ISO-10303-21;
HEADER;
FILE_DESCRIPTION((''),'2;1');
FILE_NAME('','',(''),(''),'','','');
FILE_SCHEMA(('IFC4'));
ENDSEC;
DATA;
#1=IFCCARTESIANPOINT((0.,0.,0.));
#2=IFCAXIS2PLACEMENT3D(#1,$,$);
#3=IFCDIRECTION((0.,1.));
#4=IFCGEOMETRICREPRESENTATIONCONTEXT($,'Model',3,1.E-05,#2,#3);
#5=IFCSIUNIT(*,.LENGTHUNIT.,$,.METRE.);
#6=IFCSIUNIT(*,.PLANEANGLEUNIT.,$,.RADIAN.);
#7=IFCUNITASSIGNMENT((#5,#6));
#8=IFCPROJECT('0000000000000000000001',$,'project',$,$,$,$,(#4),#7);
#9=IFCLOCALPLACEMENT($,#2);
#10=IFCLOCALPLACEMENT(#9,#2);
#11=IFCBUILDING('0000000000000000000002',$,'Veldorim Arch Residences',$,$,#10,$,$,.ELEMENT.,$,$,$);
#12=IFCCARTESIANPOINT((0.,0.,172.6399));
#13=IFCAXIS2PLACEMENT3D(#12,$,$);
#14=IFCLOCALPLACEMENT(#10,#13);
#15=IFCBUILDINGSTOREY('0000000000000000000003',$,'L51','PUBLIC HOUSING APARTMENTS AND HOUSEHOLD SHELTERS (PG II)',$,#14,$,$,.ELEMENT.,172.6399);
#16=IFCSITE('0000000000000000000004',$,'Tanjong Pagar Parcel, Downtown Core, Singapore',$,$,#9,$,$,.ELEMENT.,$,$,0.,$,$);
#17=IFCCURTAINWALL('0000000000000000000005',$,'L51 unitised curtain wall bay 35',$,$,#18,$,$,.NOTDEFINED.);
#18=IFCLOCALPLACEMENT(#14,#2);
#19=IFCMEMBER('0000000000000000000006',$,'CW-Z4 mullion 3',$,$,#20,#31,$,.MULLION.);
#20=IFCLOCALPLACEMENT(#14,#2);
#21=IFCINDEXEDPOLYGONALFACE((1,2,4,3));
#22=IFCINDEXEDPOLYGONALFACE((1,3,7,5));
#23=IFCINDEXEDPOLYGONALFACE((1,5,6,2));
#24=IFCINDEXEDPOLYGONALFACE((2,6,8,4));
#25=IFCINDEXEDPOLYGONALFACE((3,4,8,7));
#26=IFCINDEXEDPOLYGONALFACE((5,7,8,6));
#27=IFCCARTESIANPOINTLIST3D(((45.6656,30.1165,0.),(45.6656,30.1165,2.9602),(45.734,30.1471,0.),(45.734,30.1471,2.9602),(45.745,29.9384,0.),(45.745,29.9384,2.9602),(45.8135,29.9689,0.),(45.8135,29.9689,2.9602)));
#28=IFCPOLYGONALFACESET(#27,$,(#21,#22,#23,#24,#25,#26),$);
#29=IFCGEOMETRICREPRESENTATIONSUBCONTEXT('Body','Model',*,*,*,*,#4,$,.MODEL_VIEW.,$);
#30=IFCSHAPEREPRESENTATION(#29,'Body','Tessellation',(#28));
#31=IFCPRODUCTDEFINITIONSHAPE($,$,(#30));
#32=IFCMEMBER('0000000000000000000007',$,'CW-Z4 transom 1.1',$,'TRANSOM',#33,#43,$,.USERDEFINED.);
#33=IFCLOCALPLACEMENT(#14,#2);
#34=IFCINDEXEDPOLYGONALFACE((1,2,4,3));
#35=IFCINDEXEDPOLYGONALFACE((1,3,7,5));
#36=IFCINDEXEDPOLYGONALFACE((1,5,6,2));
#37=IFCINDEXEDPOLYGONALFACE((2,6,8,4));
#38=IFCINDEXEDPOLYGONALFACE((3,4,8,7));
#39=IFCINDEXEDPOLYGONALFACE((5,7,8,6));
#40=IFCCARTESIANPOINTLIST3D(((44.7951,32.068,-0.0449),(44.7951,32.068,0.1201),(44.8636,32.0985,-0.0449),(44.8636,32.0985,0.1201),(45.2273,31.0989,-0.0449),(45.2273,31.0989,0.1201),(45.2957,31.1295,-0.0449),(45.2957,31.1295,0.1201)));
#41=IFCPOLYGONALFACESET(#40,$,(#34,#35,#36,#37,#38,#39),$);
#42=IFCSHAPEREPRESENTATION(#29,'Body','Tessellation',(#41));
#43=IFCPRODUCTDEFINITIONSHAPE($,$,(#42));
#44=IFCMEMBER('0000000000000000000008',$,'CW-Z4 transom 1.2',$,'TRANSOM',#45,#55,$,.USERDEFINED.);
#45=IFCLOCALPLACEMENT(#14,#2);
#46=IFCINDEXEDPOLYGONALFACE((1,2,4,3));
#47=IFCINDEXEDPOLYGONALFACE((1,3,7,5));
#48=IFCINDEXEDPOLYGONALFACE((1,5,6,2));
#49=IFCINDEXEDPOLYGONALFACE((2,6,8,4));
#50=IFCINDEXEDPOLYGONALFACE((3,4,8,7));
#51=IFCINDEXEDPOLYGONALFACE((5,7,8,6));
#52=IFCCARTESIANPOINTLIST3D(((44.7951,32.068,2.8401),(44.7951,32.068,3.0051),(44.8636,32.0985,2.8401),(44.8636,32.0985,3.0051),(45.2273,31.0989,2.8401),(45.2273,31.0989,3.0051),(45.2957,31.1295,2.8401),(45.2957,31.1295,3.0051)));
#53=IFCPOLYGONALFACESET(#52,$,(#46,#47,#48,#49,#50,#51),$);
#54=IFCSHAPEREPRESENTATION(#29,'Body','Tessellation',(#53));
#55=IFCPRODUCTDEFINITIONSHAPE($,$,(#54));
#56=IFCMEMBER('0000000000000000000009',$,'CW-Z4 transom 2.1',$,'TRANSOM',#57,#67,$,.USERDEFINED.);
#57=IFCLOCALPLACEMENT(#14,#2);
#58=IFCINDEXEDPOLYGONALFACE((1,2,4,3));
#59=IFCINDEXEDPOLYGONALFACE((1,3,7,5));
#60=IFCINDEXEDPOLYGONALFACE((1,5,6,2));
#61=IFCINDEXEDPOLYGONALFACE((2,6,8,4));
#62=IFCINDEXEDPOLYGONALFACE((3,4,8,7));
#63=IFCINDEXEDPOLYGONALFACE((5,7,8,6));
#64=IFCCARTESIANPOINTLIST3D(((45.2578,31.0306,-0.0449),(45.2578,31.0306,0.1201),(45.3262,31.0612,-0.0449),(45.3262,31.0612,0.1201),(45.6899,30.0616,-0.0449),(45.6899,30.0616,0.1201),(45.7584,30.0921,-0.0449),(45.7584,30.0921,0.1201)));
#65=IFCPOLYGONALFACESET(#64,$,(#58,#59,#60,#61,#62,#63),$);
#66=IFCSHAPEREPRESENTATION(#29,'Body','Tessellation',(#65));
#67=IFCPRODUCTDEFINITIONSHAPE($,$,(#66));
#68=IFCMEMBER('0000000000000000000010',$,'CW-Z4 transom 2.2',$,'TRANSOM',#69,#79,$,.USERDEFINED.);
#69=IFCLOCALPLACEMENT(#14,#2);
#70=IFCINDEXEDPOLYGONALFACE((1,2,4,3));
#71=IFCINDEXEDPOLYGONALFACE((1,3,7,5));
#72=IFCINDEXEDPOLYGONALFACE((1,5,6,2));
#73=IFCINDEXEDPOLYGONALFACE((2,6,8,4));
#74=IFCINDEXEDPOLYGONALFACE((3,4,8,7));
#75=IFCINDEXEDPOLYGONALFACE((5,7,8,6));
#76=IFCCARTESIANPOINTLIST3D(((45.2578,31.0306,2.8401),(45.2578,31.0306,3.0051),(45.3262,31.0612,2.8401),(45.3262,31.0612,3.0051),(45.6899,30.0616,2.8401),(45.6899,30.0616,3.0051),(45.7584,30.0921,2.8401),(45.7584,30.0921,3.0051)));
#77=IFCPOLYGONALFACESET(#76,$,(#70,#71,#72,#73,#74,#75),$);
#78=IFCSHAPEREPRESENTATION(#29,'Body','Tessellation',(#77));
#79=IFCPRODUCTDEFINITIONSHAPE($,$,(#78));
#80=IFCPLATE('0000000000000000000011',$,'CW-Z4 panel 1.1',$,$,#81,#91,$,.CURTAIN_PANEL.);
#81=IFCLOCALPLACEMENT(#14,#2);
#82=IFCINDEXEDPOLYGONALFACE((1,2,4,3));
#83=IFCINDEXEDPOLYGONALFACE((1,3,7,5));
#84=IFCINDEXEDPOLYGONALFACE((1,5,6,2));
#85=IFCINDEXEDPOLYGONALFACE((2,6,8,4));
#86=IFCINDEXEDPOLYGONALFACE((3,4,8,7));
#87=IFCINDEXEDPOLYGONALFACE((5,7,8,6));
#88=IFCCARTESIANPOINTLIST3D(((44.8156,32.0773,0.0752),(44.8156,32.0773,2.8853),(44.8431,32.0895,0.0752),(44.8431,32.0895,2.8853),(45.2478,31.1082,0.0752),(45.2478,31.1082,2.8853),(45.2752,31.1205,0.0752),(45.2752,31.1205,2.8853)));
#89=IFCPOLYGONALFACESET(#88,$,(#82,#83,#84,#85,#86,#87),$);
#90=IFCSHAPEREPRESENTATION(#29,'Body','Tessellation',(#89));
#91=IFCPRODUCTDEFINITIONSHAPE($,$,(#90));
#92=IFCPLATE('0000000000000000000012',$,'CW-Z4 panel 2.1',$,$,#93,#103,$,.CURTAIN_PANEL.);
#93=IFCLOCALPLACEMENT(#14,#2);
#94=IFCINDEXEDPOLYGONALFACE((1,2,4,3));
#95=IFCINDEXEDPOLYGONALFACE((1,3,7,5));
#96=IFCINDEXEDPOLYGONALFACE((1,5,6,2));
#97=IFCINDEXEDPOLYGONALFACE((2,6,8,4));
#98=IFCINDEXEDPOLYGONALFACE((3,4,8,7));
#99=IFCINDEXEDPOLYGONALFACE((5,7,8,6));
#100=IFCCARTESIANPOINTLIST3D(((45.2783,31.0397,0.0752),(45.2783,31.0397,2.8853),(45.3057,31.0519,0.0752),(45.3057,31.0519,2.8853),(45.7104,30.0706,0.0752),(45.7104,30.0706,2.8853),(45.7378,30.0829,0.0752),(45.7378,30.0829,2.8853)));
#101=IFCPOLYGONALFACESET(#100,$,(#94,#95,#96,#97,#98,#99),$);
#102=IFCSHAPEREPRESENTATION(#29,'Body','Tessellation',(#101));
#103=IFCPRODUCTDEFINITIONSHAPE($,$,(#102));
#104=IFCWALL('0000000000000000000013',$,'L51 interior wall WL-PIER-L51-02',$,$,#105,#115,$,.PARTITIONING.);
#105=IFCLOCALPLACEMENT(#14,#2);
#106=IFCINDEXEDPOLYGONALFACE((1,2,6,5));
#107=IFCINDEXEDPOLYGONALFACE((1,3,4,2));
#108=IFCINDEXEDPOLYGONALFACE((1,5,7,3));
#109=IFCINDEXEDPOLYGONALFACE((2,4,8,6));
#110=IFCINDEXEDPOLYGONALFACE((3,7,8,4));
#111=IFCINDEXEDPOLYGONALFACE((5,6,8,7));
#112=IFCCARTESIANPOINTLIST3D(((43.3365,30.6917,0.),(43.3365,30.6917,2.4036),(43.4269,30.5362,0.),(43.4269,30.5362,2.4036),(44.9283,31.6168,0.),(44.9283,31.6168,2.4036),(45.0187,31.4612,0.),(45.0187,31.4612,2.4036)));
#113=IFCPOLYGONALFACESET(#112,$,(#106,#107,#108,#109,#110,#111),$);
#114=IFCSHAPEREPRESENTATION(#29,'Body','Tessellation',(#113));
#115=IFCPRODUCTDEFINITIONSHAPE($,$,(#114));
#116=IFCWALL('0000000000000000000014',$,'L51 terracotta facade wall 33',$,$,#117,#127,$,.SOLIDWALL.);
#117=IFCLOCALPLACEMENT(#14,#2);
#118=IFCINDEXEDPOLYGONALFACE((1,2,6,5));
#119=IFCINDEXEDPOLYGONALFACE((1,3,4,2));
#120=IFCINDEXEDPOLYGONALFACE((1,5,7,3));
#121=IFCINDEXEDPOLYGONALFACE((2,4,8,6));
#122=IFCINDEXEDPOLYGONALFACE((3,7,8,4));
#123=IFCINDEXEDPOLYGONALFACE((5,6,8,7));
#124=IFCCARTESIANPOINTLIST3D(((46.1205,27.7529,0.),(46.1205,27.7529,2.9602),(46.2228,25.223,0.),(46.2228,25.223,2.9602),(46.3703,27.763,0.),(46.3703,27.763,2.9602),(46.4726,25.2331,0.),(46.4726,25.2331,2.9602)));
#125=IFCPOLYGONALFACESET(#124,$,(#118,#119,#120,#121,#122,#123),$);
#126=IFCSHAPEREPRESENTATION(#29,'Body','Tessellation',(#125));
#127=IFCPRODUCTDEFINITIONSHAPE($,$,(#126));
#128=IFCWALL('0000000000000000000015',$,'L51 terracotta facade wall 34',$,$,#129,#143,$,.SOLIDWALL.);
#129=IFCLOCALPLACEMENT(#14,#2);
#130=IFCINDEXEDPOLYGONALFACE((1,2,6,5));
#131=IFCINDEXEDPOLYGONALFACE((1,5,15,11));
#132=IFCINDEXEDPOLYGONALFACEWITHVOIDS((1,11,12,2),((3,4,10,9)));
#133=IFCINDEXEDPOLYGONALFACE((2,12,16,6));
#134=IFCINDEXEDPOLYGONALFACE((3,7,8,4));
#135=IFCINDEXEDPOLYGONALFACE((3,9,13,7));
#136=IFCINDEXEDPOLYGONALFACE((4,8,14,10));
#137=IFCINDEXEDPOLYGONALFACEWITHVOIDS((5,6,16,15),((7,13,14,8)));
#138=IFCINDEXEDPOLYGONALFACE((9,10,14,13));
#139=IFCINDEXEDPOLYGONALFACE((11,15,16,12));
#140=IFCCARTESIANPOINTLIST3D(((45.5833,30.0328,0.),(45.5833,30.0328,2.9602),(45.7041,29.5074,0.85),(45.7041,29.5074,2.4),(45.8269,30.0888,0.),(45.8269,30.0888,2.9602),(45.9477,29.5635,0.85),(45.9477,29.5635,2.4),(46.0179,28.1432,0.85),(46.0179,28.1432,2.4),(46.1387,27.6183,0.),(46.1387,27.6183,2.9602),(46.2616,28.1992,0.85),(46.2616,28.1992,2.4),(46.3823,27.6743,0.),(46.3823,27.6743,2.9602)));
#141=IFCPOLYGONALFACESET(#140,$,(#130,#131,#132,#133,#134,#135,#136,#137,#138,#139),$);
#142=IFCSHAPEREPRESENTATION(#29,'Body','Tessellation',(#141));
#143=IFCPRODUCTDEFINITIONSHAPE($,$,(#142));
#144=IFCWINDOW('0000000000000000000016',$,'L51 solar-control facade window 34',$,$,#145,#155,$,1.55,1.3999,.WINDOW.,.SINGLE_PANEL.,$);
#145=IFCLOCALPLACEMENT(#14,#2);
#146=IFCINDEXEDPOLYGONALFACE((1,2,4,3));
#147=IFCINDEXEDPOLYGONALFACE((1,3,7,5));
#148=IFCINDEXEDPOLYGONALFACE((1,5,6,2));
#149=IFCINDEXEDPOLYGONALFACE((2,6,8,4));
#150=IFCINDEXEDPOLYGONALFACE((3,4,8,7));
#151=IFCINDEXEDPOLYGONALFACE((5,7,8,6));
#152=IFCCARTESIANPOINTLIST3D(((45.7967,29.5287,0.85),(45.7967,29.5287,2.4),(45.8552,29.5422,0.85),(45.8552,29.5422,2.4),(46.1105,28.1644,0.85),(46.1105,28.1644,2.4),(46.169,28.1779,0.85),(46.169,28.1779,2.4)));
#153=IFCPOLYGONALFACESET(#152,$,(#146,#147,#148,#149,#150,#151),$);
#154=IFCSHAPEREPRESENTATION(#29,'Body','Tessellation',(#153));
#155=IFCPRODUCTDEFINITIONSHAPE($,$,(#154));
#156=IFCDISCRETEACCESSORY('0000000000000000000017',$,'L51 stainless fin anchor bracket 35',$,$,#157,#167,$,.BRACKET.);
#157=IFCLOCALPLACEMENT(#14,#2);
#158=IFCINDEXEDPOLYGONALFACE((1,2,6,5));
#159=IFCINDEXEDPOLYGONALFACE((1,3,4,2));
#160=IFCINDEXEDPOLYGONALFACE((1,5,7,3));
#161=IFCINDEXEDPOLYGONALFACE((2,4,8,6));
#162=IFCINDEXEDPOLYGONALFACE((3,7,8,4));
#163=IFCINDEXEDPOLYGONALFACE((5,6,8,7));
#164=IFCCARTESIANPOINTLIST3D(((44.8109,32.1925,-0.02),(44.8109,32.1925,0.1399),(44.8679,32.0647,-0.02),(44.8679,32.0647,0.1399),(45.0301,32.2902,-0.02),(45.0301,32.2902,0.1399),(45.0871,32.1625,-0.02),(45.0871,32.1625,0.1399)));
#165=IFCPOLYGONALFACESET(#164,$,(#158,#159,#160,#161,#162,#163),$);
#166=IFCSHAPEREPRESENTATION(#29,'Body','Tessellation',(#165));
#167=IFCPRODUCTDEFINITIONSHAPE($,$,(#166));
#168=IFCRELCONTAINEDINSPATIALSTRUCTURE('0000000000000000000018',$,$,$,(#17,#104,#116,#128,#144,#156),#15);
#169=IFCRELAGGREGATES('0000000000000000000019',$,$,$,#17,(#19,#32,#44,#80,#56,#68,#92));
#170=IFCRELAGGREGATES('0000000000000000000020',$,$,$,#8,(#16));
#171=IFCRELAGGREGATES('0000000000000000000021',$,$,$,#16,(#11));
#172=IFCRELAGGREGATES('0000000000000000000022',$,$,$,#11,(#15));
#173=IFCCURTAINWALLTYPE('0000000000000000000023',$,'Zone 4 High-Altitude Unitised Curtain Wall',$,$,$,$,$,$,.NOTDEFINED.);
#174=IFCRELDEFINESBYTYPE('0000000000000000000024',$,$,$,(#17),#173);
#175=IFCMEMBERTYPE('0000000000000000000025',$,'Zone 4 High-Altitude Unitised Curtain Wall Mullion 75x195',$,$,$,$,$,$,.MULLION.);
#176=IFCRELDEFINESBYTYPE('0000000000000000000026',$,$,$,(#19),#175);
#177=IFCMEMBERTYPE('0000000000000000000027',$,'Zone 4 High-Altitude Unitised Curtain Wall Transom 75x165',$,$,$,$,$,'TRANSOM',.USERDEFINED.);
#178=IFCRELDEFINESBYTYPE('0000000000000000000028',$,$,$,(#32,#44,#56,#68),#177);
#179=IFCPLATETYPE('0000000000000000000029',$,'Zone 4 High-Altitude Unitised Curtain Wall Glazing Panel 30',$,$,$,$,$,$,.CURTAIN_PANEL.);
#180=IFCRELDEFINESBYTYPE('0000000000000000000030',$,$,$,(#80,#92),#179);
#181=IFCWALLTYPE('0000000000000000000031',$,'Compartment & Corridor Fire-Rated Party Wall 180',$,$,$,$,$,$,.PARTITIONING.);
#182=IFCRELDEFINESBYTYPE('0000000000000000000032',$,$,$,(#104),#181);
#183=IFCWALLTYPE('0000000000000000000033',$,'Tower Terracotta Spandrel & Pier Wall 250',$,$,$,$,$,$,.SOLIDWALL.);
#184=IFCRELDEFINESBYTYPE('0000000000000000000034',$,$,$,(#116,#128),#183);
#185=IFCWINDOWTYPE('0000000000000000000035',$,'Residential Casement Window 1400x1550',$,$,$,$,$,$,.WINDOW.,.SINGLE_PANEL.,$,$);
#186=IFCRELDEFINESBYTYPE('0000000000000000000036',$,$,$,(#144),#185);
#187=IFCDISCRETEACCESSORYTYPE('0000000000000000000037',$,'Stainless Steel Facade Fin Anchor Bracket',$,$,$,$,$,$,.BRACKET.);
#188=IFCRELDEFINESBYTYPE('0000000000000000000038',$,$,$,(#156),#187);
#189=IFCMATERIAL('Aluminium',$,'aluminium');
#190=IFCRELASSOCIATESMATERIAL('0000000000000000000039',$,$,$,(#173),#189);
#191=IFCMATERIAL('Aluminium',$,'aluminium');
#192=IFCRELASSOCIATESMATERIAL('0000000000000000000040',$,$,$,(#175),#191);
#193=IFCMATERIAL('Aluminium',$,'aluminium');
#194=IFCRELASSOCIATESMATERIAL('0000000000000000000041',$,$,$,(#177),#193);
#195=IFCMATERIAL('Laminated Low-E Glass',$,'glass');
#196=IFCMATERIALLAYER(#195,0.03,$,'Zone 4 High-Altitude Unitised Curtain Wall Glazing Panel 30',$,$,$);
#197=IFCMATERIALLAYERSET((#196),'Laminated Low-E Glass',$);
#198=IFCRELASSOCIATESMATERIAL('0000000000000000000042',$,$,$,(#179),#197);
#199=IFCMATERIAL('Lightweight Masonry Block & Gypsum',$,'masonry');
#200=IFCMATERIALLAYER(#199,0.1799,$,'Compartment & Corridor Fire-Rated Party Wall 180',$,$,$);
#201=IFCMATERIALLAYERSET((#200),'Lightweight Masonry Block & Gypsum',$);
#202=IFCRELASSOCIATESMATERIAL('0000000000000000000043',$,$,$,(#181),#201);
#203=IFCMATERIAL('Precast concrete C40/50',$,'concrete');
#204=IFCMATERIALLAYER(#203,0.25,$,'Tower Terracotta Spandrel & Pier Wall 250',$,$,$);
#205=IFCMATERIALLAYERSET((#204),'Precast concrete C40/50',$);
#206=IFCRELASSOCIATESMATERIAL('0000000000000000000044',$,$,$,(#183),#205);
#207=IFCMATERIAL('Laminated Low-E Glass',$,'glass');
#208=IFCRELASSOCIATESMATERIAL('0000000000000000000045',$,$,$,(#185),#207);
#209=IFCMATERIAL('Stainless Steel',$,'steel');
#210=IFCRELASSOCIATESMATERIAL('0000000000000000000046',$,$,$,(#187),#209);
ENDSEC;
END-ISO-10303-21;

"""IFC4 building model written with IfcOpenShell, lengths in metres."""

from ifc_helpers import new_model, si_unit, direction, frame, frame_2d, origin, origin_2d, place, context, subcontext, project, spatial, rectangle, extrude, material, layer, layer_set, material_profile, profile_set, type_object, element, fill, aggregate, save


model = new_model("IFC4")

# Units and contexts
model_context = context("Model", 3, precision=1e-05, world=origin(), true_north=direction((0.0, 1.0)))
body_context = subcontext(model_context, "Body", "Model", "MODEL_VIEW")
ifc_project = project(units=[si_unit("LENGTHUNIT", "METRE"), si_unit("PLANEANGLEUNIT", "RADIAN")], contexts=[model_context])

# Site, building, storey
site_placement = place(None, origin())
site = spatial("IfcSite", under=ifc_project, at=site_placement, Name="Tanjong Pagar Parcel, Downtown Core, Singapore", CompositionType="ELEMENT", RefElevation=0.0)
building_placement = place(site_placement, origin())
building = spatial("IfcBuilding", under=site, at=building_placement, Name="Veldorim Arch Residences", CompositionType="ELEMENT")
storey_placement = place(building_placement, frame((0.0, 0.0, 172.6399)))
storey = spatial("IfcBuildingStorey", under=building, at=storey_placement, Name="L51", Description="PUBLIC HOUSING APARTMENTS AND HOUSEHOLD SHELTERS (PG II)", CompositionType="ELEMENT", Elevation=172.6399)

# Curtain wall, members, plates
ifc_material_1 = material(Name="Aluminium", Category="aluminium")
curtain_wall_type = type_object("IfcCurtainWallType", Name="Zone 4 High-Altitude Unitised Curtain Wall", PredefinedType="NOTDEFINED", material=ifc_material_1)
curtain_wall_placement = place(storey_placement, origin())
curtain_wall = element("IfcCurtainWall", 1, at=curtain_wall_placement, inside=storey, type_object=curtain_wall_type, Name="L51 unitised curtain wall bay 35", PredefinedType="NOTDEFINED")
ifc_material_2 = material(Name="Aluminium", Category="aluminium")
ifc_material_profile_1 = material_profile(ifc_material_2, rectangle(XDim=0.075, YDim=0.1951, at=origin_2d()), Name="ALU_MUL_75x195")
ifc_profile_set_1 = profile_set([ifc_material_profile_1], Name="Aluminium")
member_type_1 = type_object("IfcMemberType", Name="Zone 4 High-Altitude Unitised Curtain Wall Mullion 75x195", PredefinedType="MULLION", material=ifc_profile_set_1)
member_1_placement = place(storey_placement, frame((45.7395, 30.0427, 0.0), z_axis=(0.0, 0.0, 1.0), x_axis=(0.913308, 0.407269, 0.0)))
member_1 = element("IfcMember", 2, at=member_1_placement, type_object=member_type_1, Name="CW-Z4 mullion 3", PredefinedType="MULLION", context=body_context, shape_type="SweptSolid", body=[
    extrude(rectangle(XDim=0.075, YDim=0.1951, at=origin_2d()), origin(), (0.0, 0.0, 1.0), 2.9602),
])
ifc_material_3 = material(Name="Aluminium", Category="aluminium")
ifc_material_profile_2 = material_profile(ifc_material_3, rectangle(XDim=0.075, YDim=0.165, at=origin_2d()), Name="ALU_TRN_75x165")
ifc_profile_set_2 = profile_set([ifc_material_profile_2], Name="Aluminium")
member_type_2 = type_object("IfcMemberType", Name="Zone 4 High-Altitude Unitised Curtain Wall Transom 75x165", ElementType="TRANSOM", PredefinedType="USERDEFINED", material=ifc_profile_set_2)
member_2_placement = place(storey_placement, frame((44.8293, 32.0833, 0.0376), z_axis=(0.407291, -0.913298, 0.0), x_axis=(0.913298, 0.407291, 0.0)))
member_2 = element("IfcMember", 3, at=member_2_placement, type_object=member_type_2, Name="CW-Z4 transom 1.1", ObjectType="TRANSOM", PredefinedType="USERDEFINED", context=body_context, shape_type="SweptSolid", body=[
    extrude(rectangle(XDim=0.075, YDim=0.165, at=origin_2d()), origin(), (0.0, 0.0, 1.0), 1.061),
])
member_3_placement = place(storey_placement, frame((44.8293, 32.0833, 2.9226), z_axis=(0.407291, -0.913298, 0.0), x_axis=(0.913298, 0.407291, 0.0)))
member_3 = element("IfcMember", 4, at=member_3_placement, type_object=member_type_2, Name="CW-Z4 transom 1.2", ObjectType="TRANSOM", PredefinedType="USERDEFINED", context=body_context, shape_type="SweptSolid", body=[
    extrude(rectangle(XDim=0.075, YDim=0.165, at=origin_2d()), origin(), (0.0, 0.0, 1.0), 1.061),
])
member_4_placement = place(storey_placement, frame((45.292, 31.0459, 0.0376), z_axis=(0.407291, -0.913298, 0.0), x_axis=(0.913298, 0.407291, 0.0)))
member_4 = element("IfcMember", 5, at=member_4_placement, type_object=member_type_2, Name="CW-Z4 transom 2.1", ObjectType="TRANSOM", PredefinedType="USERDEFINED", context=body_context, shape_type="SweptSolid", body=[
    extrude(rectangle(XDim=0.075, YDim=0.165, at=origin_2d()), origin(), (0.0, 0.0, 1.0), 1.061),
])
member_5_placement = place(storey_placement, frame((45.292, 31.0459, 2.9226), z_axis=(0.407291, -0.913298, 0.0), x_axis=(0.913298, 0.407291, 0.0)))
member_5 = element("IfcMember", 6, at=member_5_placement, type_object=member_type_2, Name="CW-Z4 transom 2.2", ObjectType="TRANSOM", PredefinedType="USERDEFINED", context=body_context, shape_type="SweptSolid", body=[
    extrude(rectangle(XDim=0.075, YDim=0.165, at=origin_2d()), origin(), (0.0, 0.0, 1.0), 1.061),
])
ifc_material_4 = material(Name="Laminated Low-E Glass", Category="glass")
ifc_layer_1 = layer(ifc_material_4, 0.03, Name="Zone 4 High-Altitude Unitised Curtain Wall Glazing Panel 30")
ifc_layer_set_1 = layer_set([ifc_layer_1], Name="Laminated Low-E Glass")
plate_type = type_object("IfcPlateType", Name="Zone 4 High-Altitude Unitised Curtain Wall Glazing Panel 30", PredefinedType="CURTAIN_PANEL", material=ifc_layer_set_1)
plate_1_placement = place(storey_placement, frame((45.0454, 31.5989, 0.0752), z_axis=(0.0, 0.0, 1.0), x_axis=(0.407269, -0.913308, 0.0)))
plate_1 = element("IfcPlate", 7, at=plate_1_placement, type_object=plate_type, Name="CW-Z4 panel 1.1", PredefinedType="CURTAIN_PANEL", context=body_context, shape_type="SweptSolid", body=[
    extrude(rectangle(XDim=1.061, YDim=0.03, at=origin_2d()), origin(), (0.0, 0.0, 1.0), 2.8101),
])
plate_2_placement = place(storey_placement, frame((45.5081, 30.5613, 0.0752), z_axis=(0.0, 0.0, 1.0), x_axis=(0.407269, -0.913308, 0.0)))
plate_2 = element("IfcPlate", 8, at=plate_2_placement, type_object=plate_type, Name="CW-Z4 panel 2.1", PredefinedType="CURTAIN_PANEL", context=body_context, shape_type="SweptSolid", body=[
    extrude(rectangle(XDim=1.061, YDim=0.03, at=origin_2d()), origin(), (0.0, 0.0, 1.0), 2.8101),
])
aggregate(curtain_wall, [member_1, member_2, member_3, plate_1, member_4, member_5, plate_2])

# Walls
ifc_material_5 = material(Name="Lightweight Masonry Block & Gypsum", Category="masonry")
ifc_layer_2 = layer(ifc_material_5, 0.1799, Name="Compartment & Corridor Fire-Rated Party Wall 180")
ifc_layer_set_2 = layer_set([ifc_layer_2], Name="Lightweight Masonry Block & Gypsum")
wall_type_1 = type_object("IfcWallType", Name="Compartment & Corridor Fire-Rated Party Wall 180", PredefinedType="PARTITIONING", material=ifc_layer_set_2)
wall_1_placement = place(storey_placement, frame((43.3818, 30.614, 0.0), z_axis=(0.0, 0.0, 1.0), x_axis=(0.864605, 0.502452, 0.0)))
element("IfcWall", 9, at=wall_1_placement, inside=storey, type_object=wall_type_1, Name="L51 interior wall WL-PIER-L51-02", PredefinedType="PARTITIONING", context=body_context, shape_type="SweptSolid", body=[
    extrude(rectangle(XDim=1.8411, YDim=0.1799, at=frame_2d((0.9204, 0.0))), origin(), (0.0, 0.0, 1.0), 2.4036),
])
ifc_material_6 = material(Name="Precast concrete C40/50", Category="concrete")
ifc_layer_3 = layer(ifc_material_6, 0.25, Name="Tower Terracotta Spandrel & Pier Wall 250")
ifc_layer_set_3 = layer_set([ifc_layer_3], Name="Precast concrete C40/50")
wall_type_2 = type_object("IfcWallType", Name="Tower Terracotta Spandrel & Pier Wall 250", PredefinedType="SOLIDWALL", material=ifc_layer_set_3)
wall_2_placement = place(storey_placement, frame((46.2454, 27.7581, 0.0), z_axis=(0.0, 0.0, 1.0), x_axis=(0.040399, -0.999184, 0.0)))
element("IfcWall", 10, at=wall_2_placement, inside=storey, type_object=wall_type_2, Name="L51 terracotta facade wall 33", PredefinedType="SOLIDWALL", context=body_context, shape_type="SweptSolid", body=[
    extrude(rectangle(XDim=2.532, YDim=0.25, at=frame_2d((1.2661, 0.0))), origin(), (0.0, 0.0, 1.0), 2.9602),
])

# Wall, opening, window
wall_3_placement = place(storey_placement, frame((45.7051, 30.0608, 0.0), z_axis=(0.0, 0.0, 1.0), x_axis=(0.224176, -0.974549, 0.0)))
wall_3 = element("IfcWall", 11, at=wall_3_placement, inside=storey, type_object=wall_type_2, Name="L51 terracotta facade wall 34", PredefinedType="SOLIDWALL", context=body_context, shape_type="SweptSolid", body=[
    extrude(rectangle(XDim=2.4775, YDim=0.25, at=frame_2d((1.2388, 0.0))), origin(), (0.0, 0.0, 1.0), 2.9602),
])
opening_placement = place(wall_3_placement, frame((0.5391, 0.0, 0.8501)))
opening = element("IfcOpeningElement", 12, at=opening_placement, cuts=wall_3, PredefinedType="OPENING", context=body_context, shape_type="SweptSolid", body=[
    extrude(rectangle(XDim=1.3999, YDim=1.55, at=frame_2d((0.7, 0.7749))), frame((0.0, 0.135, 0.0), z_axis=(0.0, -1.0, 0.0), x_axis=(1.0, 0.0, 0.0)), (0.0, 0.0, 1.0), 0.27),
])
ifc_material_7 = material(Name="Laminated Low-E Glass", Category="glass")
window_type = type_object("IfcWindowType", Name="Residential Casement Window 1400x1550", PartitioningType="SINGLE_PANEL", PredefinedType="WINDOW", material=ifc_material_7)
window_placement = place(opening_placement, origin())
window = element("IfcWindow", 13, at=window_placement, inside=storey, type_object=window_type, Name="L51 solar-control facade window 34", OverallHeight=1.55, OverallWidth=1.3999, PartitioningType="SINGLE_PANEL", PredefinedType="WINDOW", context=body_context, shape_type="SweptSolid", body=[
    extrude(rectangle(XDim=1.3999, YDim=1.55, at=frame_2d((0.7, 0.7749))), frame((0.0, 0.03, 0.0), z_axis=(0.0, -1.0, 0.0), x_axis=(1.0, 0.0, 0.0)), (0.0, 0.0, 1.0), 0.0601),
])
fill(opening, window)

# Discrete accessory
ifc_material_8 = material(Name="Stainless Steel", Category="steel")
discrete_accessory_type = type_object("IfcDiscreteAccessoryType", Name="Stainless Steel Facade Fin Anchor Bracket", PredefinedType="BRACKET", material=ifc_material_8)
discrete_accessory_placement = place(storey_placement, frame((44.949, 32.1775, -0.02), z_axis=(0.0, 0.0, 1.0), x_axis=(0.407215, -0.913332, 0.0)))
element("IfcDiscreteAccessory", 14, at=discrete_accessory_placement, inside=storey, type_object=discrete_accessory_type, Name="L51 stainless fin anchor bracket 35", PredefinedType="BRACKET", context=body_context, shape_type="SweptSolid", body=[
    extrude(rectangle(XDim=0.1399, YDim=0.24, at=origin_2d()), origin(), (0.0, 0.0, 1.0), 0.1599),
])

save(model, "model.ifc")
